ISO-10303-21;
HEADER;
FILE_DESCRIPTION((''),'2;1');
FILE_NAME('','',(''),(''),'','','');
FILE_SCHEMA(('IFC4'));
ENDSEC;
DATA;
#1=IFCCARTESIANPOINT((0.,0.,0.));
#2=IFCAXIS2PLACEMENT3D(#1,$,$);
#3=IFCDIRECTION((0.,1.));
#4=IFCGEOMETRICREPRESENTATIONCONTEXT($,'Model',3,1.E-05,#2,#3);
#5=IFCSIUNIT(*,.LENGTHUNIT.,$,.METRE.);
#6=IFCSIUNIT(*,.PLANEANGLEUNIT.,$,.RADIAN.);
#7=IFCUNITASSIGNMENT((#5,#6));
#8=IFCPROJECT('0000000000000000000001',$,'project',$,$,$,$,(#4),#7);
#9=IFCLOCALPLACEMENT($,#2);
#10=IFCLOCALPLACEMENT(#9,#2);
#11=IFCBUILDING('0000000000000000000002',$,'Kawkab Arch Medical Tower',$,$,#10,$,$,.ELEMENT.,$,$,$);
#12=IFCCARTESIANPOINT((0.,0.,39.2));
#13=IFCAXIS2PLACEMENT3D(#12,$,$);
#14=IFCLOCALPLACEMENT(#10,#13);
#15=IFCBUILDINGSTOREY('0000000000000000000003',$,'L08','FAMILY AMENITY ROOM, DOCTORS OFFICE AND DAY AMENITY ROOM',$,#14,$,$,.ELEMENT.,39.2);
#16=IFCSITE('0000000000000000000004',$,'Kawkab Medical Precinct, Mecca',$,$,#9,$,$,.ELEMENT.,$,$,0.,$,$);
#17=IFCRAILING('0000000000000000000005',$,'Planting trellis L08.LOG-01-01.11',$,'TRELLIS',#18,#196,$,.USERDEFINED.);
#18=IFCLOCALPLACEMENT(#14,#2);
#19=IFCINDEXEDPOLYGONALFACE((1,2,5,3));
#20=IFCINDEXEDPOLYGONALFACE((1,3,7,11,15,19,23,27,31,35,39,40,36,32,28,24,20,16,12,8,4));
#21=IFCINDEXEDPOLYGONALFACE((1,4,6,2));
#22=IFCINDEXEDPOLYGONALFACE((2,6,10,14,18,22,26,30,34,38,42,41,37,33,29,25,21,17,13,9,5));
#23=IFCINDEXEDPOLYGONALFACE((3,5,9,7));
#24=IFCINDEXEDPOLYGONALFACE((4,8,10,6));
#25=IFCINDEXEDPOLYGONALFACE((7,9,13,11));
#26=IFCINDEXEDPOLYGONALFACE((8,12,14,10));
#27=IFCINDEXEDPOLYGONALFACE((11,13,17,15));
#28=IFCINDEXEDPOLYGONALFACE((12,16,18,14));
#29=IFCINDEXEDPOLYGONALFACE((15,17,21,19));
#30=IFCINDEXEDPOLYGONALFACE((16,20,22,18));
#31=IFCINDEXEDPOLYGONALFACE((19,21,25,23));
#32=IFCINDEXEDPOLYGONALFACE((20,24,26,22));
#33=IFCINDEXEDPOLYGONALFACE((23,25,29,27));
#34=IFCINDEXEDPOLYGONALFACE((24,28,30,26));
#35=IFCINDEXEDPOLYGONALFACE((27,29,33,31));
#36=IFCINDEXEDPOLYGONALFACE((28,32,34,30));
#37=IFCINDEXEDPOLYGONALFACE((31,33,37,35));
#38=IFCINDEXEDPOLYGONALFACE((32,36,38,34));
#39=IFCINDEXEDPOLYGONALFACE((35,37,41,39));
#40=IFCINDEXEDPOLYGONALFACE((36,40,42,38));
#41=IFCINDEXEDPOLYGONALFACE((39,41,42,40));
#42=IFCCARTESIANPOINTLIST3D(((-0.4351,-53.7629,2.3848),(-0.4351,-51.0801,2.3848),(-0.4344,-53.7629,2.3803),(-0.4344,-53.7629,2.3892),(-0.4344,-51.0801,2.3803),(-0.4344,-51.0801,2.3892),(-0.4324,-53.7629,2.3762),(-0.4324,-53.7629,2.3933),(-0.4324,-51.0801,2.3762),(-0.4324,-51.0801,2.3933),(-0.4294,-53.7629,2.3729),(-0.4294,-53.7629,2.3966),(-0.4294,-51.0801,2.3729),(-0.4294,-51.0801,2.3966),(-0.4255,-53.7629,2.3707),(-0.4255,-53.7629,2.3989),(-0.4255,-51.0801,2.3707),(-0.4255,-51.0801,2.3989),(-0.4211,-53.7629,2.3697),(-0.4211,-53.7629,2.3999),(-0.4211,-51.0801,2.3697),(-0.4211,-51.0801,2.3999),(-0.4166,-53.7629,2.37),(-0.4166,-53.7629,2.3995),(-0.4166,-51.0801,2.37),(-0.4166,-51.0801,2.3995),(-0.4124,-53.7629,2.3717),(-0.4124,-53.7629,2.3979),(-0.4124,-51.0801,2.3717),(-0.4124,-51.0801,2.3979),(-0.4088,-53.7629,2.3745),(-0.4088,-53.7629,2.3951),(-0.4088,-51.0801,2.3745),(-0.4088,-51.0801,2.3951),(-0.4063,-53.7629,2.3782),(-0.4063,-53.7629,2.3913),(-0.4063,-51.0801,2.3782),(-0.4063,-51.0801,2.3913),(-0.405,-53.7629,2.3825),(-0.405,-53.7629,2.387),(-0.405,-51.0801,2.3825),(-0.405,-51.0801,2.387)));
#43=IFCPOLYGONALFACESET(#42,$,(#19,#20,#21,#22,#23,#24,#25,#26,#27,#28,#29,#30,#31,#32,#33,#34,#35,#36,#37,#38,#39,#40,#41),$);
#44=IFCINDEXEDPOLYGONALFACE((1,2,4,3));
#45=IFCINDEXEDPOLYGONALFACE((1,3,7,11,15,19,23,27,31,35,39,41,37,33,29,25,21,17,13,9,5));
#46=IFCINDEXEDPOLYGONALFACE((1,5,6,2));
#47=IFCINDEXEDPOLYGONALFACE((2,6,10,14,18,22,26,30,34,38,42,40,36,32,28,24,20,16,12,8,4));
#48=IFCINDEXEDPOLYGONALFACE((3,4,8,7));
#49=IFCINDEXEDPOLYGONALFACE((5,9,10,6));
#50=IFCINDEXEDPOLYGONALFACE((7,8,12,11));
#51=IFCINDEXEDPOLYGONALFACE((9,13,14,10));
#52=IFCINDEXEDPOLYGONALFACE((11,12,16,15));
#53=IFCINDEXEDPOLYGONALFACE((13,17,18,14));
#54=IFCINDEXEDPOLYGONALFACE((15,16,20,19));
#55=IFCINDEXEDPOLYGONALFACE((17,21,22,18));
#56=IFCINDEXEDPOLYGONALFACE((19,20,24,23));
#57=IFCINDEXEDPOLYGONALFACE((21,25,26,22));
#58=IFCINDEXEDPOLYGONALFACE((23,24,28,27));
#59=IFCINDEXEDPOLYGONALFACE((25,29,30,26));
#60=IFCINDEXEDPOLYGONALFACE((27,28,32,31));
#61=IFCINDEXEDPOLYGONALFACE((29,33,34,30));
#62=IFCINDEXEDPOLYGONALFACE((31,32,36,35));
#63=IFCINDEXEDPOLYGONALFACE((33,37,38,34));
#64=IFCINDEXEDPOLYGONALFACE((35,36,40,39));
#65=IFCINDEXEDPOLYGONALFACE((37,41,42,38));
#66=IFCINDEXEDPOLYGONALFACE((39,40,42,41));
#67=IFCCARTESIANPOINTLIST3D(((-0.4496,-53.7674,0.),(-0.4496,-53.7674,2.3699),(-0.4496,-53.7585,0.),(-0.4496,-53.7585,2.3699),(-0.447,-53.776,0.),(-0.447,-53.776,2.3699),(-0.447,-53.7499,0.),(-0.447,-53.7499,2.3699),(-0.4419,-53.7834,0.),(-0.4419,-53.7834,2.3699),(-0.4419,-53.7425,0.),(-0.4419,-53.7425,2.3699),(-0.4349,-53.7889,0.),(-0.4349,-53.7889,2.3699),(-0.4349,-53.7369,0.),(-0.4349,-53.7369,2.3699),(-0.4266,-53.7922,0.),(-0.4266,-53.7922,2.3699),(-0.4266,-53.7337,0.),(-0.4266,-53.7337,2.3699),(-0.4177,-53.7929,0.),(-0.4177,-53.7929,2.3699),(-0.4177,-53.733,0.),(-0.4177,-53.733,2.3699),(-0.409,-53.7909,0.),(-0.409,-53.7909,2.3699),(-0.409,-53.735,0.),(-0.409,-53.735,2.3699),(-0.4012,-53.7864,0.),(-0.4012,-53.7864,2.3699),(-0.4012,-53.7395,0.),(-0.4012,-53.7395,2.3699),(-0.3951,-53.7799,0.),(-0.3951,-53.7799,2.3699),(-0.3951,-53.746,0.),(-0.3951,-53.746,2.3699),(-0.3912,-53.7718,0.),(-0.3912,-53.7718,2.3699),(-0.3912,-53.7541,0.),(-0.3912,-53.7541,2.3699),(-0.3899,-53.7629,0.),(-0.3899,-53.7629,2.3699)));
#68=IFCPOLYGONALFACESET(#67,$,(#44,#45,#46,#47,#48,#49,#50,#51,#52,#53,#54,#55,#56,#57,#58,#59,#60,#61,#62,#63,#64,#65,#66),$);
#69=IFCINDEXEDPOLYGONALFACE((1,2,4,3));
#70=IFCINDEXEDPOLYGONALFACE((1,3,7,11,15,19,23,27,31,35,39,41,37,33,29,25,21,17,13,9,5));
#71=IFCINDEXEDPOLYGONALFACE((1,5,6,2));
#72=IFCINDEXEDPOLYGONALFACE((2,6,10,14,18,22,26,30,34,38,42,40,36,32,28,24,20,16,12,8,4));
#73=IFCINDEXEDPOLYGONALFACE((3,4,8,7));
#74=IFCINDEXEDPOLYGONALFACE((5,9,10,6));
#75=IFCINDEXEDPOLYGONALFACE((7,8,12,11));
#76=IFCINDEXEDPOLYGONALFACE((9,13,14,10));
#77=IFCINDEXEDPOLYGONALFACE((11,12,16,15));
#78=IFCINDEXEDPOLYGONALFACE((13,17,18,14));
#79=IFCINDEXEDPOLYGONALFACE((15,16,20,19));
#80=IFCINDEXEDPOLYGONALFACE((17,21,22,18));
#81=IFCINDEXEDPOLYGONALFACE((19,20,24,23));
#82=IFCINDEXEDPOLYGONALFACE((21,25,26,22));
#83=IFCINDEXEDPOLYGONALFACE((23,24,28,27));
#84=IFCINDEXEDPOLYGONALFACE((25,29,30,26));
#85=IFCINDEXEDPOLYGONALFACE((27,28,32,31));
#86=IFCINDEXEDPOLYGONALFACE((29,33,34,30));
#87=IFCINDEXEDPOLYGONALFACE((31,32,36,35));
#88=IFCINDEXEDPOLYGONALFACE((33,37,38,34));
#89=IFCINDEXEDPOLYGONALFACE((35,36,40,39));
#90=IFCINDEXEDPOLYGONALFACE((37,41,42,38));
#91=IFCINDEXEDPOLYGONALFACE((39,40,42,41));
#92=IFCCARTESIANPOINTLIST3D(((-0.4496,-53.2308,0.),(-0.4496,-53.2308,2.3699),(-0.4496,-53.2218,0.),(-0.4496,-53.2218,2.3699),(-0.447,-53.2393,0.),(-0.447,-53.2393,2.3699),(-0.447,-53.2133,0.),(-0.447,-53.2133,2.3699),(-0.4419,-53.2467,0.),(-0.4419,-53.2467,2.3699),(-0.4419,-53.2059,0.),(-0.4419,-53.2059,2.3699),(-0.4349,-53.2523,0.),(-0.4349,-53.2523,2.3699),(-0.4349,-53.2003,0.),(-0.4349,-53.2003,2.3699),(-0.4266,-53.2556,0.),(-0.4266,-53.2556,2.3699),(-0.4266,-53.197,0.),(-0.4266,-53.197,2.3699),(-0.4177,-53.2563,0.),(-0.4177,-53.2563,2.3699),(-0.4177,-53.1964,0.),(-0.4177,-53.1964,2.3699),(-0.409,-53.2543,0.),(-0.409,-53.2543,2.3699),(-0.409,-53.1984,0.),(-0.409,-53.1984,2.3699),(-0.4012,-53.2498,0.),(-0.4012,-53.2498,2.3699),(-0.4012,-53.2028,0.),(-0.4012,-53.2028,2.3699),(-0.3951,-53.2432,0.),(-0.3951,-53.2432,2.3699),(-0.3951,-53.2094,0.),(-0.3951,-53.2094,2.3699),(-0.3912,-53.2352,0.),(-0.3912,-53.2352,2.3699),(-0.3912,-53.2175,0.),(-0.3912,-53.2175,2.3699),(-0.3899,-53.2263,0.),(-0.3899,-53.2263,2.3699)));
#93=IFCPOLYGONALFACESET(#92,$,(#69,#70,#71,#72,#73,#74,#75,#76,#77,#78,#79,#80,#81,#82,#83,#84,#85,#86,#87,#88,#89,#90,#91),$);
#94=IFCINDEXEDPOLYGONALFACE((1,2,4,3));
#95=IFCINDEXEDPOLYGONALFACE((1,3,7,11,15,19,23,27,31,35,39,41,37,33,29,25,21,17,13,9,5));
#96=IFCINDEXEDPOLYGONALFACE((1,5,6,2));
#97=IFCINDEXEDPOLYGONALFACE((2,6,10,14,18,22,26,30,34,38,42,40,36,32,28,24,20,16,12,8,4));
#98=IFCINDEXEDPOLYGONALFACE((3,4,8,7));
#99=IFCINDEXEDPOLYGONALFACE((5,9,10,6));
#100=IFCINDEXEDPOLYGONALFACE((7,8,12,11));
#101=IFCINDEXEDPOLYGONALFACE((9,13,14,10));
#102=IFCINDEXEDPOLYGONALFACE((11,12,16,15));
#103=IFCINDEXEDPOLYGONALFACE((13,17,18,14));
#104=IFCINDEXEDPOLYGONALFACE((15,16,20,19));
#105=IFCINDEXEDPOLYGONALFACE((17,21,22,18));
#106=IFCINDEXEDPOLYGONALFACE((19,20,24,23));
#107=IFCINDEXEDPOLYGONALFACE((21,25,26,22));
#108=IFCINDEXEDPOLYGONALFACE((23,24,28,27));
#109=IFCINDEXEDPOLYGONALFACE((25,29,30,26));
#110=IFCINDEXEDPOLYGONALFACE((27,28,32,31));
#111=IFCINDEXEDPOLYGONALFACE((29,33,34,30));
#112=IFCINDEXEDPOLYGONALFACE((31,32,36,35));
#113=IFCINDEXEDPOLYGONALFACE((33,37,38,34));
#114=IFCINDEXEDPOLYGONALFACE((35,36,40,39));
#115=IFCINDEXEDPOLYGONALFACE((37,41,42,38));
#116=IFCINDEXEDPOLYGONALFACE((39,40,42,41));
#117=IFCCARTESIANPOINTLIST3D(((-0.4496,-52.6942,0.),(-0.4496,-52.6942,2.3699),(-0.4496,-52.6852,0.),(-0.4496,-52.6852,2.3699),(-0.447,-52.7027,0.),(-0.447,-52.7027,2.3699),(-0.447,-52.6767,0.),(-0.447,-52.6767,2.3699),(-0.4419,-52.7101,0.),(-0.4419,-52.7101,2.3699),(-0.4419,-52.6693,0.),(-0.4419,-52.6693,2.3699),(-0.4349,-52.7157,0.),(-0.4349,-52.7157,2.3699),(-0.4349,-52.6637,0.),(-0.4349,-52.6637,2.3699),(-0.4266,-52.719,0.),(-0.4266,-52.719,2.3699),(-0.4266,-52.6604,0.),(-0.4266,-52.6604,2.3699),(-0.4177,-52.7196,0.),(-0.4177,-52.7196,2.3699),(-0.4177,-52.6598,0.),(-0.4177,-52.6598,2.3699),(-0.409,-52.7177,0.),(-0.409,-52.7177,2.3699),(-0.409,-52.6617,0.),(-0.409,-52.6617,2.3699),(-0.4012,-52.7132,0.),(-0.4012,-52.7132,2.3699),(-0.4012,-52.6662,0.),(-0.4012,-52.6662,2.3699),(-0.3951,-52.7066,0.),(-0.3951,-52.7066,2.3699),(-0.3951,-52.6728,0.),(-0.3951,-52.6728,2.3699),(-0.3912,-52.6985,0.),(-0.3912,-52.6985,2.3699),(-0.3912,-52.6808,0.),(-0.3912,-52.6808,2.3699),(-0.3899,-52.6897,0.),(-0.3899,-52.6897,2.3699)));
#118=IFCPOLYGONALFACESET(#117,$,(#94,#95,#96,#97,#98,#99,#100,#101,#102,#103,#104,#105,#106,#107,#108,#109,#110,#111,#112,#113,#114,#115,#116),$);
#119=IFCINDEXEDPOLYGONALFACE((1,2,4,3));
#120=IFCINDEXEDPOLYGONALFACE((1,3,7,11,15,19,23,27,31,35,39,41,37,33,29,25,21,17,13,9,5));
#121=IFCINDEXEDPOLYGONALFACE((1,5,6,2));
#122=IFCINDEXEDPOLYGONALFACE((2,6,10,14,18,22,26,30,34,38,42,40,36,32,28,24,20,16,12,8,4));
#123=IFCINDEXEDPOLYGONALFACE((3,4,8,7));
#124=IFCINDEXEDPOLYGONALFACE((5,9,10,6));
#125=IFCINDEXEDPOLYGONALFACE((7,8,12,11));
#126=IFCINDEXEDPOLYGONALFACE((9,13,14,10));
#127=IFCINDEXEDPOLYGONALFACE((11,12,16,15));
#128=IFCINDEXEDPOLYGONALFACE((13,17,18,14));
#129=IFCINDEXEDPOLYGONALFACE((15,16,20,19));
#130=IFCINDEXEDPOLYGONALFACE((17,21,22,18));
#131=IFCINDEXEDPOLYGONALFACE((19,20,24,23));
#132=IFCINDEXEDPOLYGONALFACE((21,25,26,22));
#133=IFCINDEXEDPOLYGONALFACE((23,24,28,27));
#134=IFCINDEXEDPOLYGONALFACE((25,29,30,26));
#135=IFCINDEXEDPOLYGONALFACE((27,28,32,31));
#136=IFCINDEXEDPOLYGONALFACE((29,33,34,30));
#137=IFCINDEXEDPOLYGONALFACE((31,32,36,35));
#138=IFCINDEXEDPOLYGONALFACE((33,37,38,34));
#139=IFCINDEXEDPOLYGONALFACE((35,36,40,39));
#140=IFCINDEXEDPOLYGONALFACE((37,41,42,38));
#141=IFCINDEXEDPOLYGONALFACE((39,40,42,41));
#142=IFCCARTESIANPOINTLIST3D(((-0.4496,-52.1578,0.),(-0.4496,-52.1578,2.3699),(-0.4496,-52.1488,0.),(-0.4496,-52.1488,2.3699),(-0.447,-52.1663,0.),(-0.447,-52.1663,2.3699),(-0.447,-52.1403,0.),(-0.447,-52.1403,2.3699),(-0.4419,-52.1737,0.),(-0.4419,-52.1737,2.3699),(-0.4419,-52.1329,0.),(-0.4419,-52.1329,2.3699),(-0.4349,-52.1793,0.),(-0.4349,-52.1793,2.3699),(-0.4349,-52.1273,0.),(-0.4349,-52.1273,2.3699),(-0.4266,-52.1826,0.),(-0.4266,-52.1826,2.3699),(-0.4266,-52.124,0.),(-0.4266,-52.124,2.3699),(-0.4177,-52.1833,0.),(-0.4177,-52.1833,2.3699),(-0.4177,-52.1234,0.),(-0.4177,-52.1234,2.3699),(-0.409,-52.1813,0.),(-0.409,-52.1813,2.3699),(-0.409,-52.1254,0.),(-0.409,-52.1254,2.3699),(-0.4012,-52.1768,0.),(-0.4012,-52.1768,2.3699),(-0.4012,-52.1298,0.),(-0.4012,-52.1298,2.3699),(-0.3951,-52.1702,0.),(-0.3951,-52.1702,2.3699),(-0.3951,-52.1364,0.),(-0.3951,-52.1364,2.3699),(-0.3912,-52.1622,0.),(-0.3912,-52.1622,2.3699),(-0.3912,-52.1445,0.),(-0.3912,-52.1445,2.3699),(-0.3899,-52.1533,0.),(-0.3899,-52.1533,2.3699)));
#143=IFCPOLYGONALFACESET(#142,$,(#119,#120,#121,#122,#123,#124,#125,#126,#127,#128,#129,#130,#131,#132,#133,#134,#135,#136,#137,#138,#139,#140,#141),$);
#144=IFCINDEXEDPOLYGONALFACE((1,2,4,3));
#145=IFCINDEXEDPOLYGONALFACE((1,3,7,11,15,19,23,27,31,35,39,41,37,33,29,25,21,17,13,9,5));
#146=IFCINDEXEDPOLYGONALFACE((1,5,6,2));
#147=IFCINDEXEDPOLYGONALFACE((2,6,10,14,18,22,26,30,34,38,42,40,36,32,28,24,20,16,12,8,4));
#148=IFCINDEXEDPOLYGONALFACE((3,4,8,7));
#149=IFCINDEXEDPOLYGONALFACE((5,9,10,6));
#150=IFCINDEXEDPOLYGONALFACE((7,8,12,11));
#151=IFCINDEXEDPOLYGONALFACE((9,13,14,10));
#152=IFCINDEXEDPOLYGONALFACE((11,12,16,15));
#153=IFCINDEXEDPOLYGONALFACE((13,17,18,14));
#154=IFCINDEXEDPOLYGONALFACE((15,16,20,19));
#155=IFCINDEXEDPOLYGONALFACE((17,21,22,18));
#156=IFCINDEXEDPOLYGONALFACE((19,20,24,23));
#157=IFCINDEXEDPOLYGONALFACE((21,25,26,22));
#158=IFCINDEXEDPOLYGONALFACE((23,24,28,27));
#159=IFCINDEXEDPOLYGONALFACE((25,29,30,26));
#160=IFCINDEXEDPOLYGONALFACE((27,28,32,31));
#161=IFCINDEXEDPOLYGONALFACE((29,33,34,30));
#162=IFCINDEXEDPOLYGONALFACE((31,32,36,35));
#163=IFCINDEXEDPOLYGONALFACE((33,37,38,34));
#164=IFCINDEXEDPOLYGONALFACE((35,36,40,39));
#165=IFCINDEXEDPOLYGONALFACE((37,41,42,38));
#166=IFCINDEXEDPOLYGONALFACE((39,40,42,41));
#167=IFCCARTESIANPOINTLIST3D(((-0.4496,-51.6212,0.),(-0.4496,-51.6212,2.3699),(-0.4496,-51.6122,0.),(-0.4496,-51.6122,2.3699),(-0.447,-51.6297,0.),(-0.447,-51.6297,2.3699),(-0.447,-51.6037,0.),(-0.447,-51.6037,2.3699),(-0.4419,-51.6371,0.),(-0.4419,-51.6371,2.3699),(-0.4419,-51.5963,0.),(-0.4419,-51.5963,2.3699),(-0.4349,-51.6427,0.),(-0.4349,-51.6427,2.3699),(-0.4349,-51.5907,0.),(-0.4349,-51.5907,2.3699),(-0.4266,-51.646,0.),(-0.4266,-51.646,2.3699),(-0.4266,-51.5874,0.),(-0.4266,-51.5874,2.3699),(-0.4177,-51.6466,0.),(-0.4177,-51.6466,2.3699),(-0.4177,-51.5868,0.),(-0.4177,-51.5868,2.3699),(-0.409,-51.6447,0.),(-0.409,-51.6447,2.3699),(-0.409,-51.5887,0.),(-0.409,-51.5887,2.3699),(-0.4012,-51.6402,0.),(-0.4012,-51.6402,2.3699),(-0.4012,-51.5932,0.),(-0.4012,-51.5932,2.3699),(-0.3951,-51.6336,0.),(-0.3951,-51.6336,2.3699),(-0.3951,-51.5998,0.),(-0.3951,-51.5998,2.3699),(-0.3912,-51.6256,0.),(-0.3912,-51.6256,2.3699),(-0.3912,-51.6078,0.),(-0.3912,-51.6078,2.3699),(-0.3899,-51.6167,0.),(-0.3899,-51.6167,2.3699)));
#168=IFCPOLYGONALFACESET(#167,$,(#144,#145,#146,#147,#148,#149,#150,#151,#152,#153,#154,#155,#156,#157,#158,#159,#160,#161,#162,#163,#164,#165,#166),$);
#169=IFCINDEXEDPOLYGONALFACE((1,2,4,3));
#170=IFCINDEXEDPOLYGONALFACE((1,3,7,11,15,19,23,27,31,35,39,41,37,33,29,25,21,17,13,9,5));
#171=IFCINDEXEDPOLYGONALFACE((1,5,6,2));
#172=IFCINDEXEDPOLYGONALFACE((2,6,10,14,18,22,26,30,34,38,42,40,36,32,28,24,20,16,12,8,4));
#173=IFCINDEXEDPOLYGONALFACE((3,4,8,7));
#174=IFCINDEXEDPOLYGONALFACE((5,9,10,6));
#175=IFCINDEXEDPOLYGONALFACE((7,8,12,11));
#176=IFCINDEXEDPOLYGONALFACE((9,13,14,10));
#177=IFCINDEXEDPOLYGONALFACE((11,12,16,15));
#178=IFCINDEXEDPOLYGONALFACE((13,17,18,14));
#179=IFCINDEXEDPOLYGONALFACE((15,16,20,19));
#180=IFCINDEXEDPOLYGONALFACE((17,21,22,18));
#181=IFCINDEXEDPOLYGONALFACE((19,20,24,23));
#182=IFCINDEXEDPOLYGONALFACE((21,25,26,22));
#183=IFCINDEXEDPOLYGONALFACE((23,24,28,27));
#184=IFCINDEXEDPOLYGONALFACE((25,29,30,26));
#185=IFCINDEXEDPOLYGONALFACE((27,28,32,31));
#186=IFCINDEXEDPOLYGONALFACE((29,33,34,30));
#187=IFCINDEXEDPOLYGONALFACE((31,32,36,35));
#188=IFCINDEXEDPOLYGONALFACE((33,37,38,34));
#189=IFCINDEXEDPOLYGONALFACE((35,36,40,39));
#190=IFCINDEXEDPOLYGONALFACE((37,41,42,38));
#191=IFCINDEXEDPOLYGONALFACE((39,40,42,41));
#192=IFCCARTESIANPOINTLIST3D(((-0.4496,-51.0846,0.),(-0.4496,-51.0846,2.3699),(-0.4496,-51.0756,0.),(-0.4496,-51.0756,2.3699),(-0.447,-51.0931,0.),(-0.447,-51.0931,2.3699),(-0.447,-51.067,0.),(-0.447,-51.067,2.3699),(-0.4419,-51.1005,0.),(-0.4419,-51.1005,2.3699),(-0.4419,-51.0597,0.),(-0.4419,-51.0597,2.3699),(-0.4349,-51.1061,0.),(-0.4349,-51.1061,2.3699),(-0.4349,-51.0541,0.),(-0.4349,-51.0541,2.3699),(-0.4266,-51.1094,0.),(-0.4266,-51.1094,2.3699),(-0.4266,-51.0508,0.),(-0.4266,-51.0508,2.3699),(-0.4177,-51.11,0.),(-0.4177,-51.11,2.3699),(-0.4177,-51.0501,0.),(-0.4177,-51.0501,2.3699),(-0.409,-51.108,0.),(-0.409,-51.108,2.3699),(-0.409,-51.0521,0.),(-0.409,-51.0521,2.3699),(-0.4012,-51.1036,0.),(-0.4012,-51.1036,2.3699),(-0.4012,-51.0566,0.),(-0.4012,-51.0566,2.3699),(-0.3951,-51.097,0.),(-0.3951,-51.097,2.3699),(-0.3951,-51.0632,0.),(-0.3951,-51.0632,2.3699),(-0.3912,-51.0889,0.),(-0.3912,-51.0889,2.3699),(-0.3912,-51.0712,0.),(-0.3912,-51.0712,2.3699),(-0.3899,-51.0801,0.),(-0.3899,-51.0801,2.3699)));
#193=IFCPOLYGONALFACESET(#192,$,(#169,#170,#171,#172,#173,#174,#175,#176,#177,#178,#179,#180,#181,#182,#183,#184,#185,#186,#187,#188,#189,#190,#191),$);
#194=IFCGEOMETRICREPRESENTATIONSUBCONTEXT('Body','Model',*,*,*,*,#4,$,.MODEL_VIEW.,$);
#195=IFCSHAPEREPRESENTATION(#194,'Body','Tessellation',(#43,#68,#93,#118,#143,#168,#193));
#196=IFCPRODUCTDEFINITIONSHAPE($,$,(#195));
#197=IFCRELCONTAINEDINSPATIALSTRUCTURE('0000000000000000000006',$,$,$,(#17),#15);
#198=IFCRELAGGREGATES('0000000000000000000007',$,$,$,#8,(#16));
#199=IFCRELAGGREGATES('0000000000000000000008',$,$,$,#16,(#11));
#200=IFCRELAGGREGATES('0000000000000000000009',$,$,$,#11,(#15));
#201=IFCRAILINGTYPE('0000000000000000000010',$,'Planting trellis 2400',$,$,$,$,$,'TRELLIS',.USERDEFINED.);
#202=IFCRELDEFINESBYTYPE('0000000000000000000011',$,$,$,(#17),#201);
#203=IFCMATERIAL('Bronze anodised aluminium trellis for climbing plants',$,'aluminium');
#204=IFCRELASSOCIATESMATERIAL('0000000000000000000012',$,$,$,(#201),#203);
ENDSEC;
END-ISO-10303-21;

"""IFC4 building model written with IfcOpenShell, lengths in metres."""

from ifc_helpers import new_model, si_unit, direction, frame, origin, origin_2d, place, context, subcontext, project, spatial, circle, extrude, material, type_object, element, save


model = new_model("IFC4")

# Units and contexts
model_context = context("Model", 3, precision=1e-05, world=origin(), true_north=direction((0.0, 1.0)))
body_context = subcontext(model_context, "Body", "Model", "MODEL_VIEW")
ifc_project = project(units=[si_unit("LENGTHUNIT", "METRE"), si_unit("PLANEANGLEUNIT", "RADIAN")], contexts=[model_context])

# Site, building, storey
site_placement = place(None, origin())
site = spatial("IfcSite", under=ifc_project, at=site_placement, Name="Kawkab Medical Precinct, Mecca", CompositionType="ELEMENT", RefElevation=0.0)
building_placement = place(site_placement, origin())
building = spatial("IfcBuilding", under=site, at=building_placement, Name="Kawkab Arch Medical Tower", CompositionType="ELEMENT")
storey_placement = place(building_placement, frame((0.0, 0.0, 39.2)))
storey = spatial("IfcBuildingStorey", under=building, at=storey_placement, Name="L08", Description="FAMILY AMENITY ROOM, DOCTORS OFFICE AND DAY AMENITY ROOM", CompositionType="ELEMENT", Elevation=39.2)

# Railing
ifc_material_1 = material(Name="Bronze anodised aluminium trellis for climbing plants", Category="aluminium")
railing_type = type_object("IfcRailingType", Name="Planting trellis 2400", ElementType="TRELLIS", PredefinedType="USERDEFINED", material=ifc_material_1)
railing_1_placement = place(storey_placement, frame((-0.4199, -53.7629, 0.0)))
element("IfcRailing", 1, at=railing_1_placement, inside=storey, type_object=railing_type, Name="Planting trellis L08.LOG-01-01.11", ObjectType="TRELLIS", PredefinedType="USERDEFINED", context=body_context, shape_type="SweptSolid", body=[
    extrude(circle(Radius=0.0151, at=origin_2d()), frame((0.0, 0.0, 2.3848), z_axis=(0.0, 1.0, 0.0), x_axis=(-1.0, 0.0, 0.0)), (0.0, 0.0, 1.0), 2.6829),
    extrude(circle(Radius=0.03, at=origin_2d()), origin(), (0.0, 0.0, 1.0), 2.3699),
    extrude(circle(Radius=0.03, at=origin_2d()), frame((0.0, 0.5366, 0.0)), (0.0, 0.0, 1.0), 2.3699),
    extrude(circle(Radius=0.03, at=origin_2d()), frame((0.0, 1.0732, 0.0)), (0.0, 0.0, 1.0), 2.3699),
    extrude(circle(Radius=0.03, at=origin_2d()), frame((0.0, 1.6096, 0.0)), (0.0, 0.0, 1.0), 2.3699),
    extrude(circle(Radius=0.03, at=origin_2d()), frame((0.0, 2.1462, 0.0)), (0.0, 0.0, 1.0), 2.3699),
    extrude(circle(Radius=0.03, at=origin_2d()), frame((0.0, 2.6829, 0.0)), (0.0, 0.0, 1.0), 2.3699),
])

save(model, "model.ifc")
